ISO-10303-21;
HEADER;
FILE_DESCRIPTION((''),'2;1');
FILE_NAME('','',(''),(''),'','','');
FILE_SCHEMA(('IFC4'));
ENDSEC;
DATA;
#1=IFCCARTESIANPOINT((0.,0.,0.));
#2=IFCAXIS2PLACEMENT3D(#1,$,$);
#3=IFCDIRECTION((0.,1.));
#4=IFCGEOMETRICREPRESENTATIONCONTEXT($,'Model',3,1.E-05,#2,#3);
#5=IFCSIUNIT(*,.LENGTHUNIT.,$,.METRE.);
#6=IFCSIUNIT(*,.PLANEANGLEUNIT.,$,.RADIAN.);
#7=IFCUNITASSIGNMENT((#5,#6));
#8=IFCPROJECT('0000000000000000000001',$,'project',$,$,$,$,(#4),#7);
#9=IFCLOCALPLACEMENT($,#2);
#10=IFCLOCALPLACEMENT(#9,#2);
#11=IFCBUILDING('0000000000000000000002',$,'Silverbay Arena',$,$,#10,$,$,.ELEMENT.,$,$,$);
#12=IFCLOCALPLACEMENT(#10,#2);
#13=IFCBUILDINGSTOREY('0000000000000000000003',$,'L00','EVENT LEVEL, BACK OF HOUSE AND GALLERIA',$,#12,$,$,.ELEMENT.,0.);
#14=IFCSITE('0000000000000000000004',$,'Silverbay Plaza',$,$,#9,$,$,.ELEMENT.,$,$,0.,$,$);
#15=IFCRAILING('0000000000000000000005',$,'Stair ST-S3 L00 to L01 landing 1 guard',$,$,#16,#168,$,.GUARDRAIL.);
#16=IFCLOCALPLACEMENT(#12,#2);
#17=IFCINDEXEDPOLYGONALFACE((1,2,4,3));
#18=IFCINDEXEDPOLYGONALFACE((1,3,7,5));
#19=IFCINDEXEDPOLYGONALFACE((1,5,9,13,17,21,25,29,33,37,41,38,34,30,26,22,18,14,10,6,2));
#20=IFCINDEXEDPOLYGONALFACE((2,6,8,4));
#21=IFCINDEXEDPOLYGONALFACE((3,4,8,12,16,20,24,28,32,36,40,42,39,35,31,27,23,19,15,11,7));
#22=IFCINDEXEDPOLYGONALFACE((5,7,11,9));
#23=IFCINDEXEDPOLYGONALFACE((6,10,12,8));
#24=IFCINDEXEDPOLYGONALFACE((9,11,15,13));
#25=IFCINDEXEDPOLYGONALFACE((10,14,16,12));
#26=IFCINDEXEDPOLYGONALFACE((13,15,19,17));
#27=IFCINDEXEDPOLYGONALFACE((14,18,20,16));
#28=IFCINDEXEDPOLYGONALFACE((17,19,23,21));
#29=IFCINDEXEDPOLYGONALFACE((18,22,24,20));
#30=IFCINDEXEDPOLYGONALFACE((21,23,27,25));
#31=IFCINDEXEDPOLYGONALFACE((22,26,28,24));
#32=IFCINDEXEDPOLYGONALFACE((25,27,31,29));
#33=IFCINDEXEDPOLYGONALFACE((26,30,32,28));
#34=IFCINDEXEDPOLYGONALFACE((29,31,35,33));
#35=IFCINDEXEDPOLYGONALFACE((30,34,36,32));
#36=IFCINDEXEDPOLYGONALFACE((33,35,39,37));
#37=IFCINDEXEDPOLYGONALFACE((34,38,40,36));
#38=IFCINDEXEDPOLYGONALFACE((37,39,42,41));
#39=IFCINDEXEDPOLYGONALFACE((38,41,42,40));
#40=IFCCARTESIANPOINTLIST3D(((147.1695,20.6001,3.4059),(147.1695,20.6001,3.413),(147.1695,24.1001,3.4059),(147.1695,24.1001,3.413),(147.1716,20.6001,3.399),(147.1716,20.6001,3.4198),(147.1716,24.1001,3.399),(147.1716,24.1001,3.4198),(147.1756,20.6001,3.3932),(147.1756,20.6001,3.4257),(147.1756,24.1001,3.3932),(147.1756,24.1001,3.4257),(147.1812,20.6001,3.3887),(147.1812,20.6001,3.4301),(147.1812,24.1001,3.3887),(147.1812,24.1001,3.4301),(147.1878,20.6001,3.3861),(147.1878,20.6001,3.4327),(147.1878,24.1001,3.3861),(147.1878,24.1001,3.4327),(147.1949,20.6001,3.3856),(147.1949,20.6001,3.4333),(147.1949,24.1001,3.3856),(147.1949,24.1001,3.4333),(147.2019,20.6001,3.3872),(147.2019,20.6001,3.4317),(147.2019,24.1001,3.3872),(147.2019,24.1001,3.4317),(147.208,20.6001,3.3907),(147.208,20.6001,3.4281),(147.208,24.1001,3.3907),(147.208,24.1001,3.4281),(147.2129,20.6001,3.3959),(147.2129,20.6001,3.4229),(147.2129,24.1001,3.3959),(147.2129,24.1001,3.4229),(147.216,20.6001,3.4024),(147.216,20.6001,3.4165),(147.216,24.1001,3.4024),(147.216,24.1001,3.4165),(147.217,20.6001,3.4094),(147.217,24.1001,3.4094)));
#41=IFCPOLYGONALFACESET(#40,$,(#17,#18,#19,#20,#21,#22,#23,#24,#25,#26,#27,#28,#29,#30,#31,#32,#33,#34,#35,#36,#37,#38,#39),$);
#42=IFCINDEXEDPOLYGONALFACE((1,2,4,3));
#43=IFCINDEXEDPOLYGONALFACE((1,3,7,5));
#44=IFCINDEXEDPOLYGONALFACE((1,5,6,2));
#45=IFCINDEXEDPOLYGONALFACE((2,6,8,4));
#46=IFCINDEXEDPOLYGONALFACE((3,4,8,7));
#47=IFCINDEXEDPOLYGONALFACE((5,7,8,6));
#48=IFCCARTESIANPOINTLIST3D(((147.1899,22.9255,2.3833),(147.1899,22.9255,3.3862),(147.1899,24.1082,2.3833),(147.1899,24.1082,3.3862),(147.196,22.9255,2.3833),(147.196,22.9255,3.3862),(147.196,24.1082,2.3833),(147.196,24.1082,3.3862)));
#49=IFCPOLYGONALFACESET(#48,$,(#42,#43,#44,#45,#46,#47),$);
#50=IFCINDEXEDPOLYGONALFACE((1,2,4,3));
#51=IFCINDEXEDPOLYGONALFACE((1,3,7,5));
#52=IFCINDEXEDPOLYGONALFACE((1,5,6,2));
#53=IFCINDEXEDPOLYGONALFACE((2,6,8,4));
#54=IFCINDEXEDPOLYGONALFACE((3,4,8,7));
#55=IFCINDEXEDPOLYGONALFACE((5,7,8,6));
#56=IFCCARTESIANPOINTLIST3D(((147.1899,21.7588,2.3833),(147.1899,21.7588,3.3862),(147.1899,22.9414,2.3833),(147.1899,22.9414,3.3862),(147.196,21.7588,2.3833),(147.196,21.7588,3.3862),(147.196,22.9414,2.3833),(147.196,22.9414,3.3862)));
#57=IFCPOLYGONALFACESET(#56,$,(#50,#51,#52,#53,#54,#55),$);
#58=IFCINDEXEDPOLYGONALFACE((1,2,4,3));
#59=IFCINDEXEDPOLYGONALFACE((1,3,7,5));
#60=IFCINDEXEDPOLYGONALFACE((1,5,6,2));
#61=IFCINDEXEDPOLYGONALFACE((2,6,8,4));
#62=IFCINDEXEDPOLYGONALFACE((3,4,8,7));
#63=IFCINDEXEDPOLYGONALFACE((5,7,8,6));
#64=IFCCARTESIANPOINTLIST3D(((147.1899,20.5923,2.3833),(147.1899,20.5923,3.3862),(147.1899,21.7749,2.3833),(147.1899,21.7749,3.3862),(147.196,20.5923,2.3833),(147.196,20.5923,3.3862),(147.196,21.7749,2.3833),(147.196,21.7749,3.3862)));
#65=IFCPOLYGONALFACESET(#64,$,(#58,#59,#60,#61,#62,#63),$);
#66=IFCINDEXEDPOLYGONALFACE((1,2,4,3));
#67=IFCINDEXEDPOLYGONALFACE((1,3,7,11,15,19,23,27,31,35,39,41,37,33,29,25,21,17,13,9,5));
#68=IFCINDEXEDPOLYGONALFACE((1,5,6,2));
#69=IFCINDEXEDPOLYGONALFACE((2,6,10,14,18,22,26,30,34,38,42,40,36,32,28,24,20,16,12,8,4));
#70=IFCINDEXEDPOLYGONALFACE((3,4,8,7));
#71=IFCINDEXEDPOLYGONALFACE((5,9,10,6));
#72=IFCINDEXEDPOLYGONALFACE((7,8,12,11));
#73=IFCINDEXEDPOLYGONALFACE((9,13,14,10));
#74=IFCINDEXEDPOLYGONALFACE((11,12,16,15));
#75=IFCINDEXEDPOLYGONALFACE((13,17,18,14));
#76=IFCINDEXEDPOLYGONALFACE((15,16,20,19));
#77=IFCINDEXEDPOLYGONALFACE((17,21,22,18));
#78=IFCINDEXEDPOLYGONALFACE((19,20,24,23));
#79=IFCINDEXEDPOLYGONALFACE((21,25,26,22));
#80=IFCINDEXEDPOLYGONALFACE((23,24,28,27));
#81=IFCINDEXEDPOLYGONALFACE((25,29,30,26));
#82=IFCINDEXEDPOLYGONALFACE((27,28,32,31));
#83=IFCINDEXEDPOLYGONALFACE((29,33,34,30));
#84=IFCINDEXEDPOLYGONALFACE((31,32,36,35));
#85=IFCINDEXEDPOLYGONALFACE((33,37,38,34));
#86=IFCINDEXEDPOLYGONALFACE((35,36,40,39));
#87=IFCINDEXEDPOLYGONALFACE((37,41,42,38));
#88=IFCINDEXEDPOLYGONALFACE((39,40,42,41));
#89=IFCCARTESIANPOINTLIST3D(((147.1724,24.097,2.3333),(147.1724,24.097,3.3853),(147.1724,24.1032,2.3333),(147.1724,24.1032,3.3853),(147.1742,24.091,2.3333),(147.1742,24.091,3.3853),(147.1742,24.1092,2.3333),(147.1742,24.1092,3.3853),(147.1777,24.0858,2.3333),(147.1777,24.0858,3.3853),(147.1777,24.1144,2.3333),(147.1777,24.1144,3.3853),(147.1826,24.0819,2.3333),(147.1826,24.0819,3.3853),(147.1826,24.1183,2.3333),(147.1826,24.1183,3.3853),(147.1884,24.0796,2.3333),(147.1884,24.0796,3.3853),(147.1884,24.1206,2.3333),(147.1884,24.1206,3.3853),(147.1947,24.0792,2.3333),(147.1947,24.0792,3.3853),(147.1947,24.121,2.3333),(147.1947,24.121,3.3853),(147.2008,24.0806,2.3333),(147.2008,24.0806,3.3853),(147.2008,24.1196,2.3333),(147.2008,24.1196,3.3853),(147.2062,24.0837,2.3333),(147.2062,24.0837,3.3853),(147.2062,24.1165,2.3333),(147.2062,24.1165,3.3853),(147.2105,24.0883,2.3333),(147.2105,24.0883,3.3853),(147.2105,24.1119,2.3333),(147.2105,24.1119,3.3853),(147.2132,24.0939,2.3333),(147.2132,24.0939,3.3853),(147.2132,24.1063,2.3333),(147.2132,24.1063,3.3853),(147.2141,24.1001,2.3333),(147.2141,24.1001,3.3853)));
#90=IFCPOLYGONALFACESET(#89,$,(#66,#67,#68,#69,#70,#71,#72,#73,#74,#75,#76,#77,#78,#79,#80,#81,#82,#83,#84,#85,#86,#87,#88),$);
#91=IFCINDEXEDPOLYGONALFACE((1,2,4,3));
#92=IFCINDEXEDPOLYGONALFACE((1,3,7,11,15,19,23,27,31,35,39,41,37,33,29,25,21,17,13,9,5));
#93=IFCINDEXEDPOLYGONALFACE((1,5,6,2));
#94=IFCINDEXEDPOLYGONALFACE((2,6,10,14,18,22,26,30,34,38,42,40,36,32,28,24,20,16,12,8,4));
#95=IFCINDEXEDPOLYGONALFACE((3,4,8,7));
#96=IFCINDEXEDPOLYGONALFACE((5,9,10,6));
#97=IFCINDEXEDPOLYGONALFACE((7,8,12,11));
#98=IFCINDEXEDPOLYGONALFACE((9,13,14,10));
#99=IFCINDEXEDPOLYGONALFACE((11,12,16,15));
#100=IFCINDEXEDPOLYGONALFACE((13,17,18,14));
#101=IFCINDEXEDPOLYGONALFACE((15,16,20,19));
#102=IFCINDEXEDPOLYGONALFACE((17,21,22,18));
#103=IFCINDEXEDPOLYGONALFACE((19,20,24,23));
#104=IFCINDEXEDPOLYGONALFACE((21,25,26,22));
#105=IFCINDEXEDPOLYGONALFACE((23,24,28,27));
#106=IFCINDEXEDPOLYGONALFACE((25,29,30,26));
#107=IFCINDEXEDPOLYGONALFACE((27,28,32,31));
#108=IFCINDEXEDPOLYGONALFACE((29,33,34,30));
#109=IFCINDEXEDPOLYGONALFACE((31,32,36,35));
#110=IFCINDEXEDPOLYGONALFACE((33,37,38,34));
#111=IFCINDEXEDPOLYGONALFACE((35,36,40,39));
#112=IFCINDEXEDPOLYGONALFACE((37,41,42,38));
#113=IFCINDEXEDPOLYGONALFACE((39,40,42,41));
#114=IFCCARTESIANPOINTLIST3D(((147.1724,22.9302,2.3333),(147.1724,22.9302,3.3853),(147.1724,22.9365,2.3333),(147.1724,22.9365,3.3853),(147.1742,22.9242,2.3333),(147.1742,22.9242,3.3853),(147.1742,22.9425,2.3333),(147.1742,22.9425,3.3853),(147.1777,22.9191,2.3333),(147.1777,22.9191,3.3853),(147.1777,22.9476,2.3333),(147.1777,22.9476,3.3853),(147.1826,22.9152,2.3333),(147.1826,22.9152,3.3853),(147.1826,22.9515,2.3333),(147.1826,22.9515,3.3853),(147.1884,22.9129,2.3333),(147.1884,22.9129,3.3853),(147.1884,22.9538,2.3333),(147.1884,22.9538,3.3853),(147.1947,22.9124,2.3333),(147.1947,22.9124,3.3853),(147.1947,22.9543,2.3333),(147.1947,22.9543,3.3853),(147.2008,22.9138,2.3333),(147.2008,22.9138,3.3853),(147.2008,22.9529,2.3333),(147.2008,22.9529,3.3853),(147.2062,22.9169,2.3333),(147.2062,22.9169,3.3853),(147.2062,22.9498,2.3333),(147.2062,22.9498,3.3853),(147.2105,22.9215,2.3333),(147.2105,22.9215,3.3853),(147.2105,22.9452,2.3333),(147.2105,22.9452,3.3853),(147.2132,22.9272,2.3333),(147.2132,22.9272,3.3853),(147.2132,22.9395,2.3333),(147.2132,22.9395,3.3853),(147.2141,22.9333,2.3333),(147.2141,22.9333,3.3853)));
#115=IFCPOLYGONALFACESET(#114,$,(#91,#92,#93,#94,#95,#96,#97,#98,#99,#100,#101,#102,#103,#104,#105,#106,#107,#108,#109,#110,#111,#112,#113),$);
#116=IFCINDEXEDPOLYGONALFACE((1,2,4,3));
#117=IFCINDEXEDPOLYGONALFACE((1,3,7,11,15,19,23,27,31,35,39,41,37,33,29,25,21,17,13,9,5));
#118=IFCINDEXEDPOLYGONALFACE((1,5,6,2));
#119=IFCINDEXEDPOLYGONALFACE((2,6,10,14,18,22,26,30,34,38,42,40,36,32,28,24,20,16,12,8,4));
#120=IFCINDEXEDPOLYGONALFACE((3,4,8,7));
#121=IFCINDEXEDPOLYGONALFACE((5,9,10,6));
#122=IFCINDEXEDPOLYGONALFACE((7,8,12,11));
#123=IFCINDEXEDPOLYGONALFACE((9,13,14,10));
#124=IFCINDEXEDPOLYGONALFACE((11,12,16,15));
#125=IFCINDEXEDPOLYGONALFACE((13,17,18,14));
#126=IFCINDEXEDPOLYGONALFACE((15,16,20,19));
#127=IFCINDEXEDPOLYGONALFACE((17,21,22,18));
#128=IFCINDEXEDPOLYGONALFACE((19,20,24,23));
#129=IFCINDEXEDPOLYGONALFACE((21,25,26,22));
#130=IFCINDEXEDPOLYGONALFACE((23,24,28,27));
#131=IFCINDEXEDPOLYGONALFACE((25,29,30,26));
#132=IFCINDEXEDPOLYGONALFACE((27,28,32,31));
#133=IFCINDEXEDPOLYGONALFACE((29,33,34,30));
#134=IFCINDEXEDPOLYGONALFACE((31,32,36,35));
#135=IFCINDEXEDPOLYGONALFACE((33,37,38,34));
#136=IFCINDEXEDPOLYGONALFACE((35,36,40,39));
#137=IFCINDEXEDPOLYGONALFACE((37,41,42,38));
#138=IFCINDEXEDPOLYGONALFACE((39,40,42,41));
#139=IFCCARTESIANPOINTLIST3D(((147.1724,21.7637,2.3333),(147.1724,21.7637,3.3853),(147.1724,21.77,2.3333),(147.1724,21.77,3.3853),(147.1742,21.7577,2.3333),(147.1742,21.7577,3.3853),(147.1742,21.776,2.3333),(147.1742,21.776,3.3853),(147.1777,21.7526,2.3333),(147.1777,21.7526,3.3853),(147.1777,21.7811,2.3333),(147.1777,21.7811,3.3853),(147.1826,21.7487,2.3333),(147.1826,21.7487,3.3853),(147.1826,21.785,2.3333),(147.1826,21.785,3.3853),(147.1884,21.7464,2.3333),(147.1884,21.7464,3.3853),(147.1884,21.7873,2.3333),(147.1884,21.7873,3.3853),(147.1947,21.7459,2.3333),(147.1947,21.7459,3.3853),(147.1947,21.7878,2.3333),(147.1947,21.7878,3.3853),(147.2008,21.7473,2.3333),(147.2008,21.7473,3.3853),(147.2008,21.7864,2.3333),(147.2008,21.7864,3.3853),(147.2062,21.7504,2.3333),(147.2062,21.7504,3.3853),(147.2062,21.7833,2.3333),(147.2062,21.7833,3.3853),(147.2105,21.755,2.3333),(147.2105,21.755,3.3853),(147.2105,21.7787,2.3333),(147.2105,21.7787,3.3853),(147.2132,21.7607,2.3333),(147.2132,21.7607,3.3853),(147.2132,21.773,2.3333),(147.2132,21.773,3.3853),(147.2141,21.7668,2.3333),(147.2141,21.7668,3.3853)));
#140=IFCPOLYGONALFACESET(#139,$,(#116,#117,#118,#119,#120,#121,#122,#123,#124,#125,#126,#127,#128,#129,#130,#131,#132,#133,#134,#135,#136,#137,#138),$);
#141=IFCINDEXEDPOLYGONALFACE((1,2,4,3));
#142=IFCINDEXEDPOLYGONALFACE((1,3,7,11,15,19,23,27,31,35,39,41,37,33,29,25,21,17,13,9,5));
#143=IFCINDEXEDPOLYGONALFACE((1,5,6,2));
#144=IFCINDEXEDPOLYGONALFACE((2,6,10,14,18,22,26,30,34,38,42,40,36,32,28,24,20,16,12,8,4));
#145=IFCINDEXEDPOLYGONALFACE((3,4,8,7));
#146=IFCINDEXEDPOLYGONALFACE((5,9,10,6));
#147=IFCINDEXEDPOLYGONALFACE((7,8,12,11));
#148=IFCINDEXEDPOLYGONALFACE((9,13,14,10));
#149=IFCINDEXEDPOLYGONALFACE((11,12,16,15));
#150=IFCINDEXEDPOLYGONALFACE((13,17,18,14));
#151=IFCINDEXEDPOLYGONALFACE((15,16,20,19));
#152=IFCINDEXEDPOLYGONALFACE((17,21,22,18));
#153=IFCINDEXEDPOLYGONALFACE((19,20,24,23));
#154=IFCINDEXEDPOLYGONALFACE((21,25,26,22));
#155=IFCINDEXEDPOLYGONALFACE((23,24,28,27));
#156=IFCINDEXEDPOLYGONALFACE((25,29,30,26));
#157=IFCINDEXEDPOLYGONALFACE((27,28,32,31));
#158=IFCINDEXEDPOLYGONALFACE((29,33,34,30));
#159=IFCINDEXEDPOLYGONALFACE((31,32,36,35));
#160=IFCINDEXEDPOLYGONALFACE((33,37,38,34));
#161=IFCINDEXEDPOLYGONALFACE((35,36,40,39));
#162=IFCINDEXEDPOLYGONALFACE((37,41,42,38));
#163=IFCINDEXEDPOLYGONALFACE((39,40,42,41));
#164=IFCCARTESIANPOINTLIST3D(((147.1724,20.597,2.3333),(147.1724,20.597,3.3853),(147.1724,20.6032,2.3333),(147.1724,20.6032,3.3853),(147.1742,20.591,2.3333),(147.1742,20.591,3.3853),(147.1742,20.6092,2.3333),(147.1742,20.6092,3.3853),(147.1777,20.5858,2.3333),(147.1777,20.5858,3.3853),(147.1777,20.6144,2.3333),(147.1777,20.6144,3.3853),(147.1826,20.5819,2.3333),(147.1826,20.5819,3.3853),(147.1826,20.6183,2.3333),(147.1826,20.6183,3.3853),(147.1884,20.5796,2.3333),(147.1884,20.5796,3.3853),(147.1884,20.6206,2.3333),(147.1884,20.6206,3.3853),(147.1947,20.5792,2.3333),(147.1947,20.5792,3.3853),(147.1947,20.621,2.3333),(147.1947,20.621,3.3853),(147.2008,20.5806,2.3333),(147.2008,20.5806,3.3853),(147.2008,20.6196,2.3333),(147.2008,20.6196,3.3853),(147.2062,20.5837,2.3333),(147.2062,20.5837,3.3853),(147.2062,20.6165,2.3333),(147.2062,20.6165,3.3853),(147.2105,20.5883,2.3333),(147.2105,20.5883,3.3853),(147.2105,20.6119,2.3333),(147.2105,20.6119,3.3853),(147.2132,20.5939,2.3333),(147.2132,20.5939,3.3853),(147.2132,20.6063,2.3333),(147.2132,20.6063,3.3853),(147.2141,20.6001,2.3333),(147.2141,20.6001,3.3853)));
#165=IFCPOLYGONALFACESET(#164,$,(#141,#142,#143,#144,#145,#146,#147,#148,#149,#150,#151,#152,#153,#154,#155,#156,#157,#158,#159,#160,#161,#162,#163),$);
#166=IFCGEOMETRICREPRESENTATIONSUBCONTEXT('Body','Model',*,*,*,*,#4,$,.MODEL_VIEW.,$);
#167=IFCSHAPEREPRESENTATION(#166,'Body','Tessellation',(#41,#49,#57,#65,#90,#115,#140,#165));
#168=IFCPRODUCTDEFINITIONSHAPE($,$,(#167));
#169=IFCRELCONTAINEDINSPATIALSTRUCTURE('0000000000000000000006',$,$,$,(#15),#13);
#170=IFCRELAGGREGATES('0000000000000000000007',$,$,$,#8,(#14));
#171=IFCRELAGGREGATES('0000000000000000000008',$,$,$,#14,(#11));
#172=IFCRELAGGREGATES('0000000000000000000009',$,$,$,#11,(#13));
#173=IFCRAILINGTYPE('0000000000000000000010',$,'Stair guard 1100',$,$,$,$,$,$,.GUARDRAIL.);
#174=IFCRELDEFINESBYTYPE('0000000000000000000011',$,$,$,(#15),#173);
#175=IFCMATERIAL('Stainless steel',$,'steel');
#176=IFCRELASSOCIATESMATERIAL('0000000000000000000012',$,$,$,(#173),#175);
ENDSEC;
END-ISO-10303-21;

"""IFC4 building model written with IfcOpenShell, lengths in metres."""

from ifc_helpers import new_model, si_unit, direction, frame, origin, origin_2d, place, context, subcontext, project, spatial, polyline, circle, outline, extrude, material, type_object, element, save


model = new_model("IFC4")

# Units and contexts
model_context = context("Model", 3, precision=1e-05, world=origin(), true_north=direction((0.0, 1.0)))
body_context = subcontext(model_context, "Body", "Model", "MODEL_VIEW")
ifc_project = project(units=[si_unit("LENGTHUNIT", "METRE"), si_unit("PLANEANGLEUNIT", "RADIAN")], contexts=[model_context])

# Site, building, storey
site_placement = place(None, origin())
site = spatial("IfcSite", under=ifc_project, at=site_placement, Name="Silverbay Plaza", CompositionType="ELEMENT", RefElevation=0.0)
building_placement = place(site_placement, origin())
building = spatial("IfcBuilding", under=site, at=building_placement, Name="Silverbay Arena", CompositionType="ELEMENT")
storey_placement = place(building_placement, origin())
storey = spatial("IfcBuildingStorey", under=building, at=storey_placement, Name="L00", Description="EVENT LEVEL, BACK OF HOUSE AND GALLERIA", CompositionType="ELEMENT", Elevation=0.0)

# Railing
ifc_material_1 = material(Name="Stainless steel", Category="steel")
railing_type_1 = type_object("IfcRailingType", Name="Stair guard 1100", PredefinedType="GUARDRAIL", material=ifc_material_1)
for number, where, name in (
    (1, (147.1931, 24.1001, 2.3333), "Stair ST-S3 L00 to L01 landing 1 guard"),
):
    element("IfcRailing", number, at=place(storey_placement, frame(where)), inside=storey, type_object=railing_type_1, Name=name, PredefinedType="GUARDRAIL", context=body_context, shape_type="SweptSolid", body=[
        extrude(circle(Radius=0.0239, at=origin_2d()), frame((0.0, 0.0, 1.0762), z_axis=(0.0, -1.0, 0.0), x_axis=(1.0, 0.0, 0.0)), (0.0, 0.0, 1.0), 3.5),
        extrude(outline(polyline([(-0.0081, 0.05), (1.1746, 0.05), (1.1746, 1.053), (-0.0081, 1.053), (-0.0081, 0.05)])), frame((0.0029, 0.0, 0.0), z_axis=(-1.0, 0.0, 0.0), x_axis=(0.0, -1.0, 0.0)), (0.0, 0.0, 1.0), 0.0061),
        extrude(outline(polyline([(-0.0081, 0.05), (1.1746, 0.05), (1.1746, 1.053), (-0.0081, 1.053), (-0.0081, 0.05)])), frame((0.0029, -1.1667, 0.0), z_axis=(-1.0, 0.0, 0.0), x_axis=(0.0, -1.0, 0.0)), (0.0, 0.0, 1.0), 0.0061),
        extrude(outline(polyline([(-0.0081, 0.05), (1.1746, 0.05), (1.1746, 1.053), (-0.0081, 1.053), (-0.0081, 0.05)])), frame((0.0029, -2.3333, 0.0), z_axis=(-1.0, 0.0, 0.0), x_axis=(0.0, -1.0, 0.0)), (0.0, 0.0, 1.0), 0.0061),
        extrude(circle(Radius=0.021, at=origin_2d()), origin(), (0.0, 0.0, 1.0), 1.052),
        extrude(circle(Radius=0.021, at=origin_2d()), frame((0.0, -1.1667, 0.0)), (0.0, 0.0, 1.0), 1.052),
        extrude(circle(Radius=0.021, at=origin_2d()), frame((0.0, -2.3333, 0.0)), (0.0, 0.0, 1.0), 1.052),
        extrude(circle(Radius=0.021, at=origin_2d()), frame((0.0, -3.5, 0.0)), (0.0, 0.0, 1.0), 1.052),
    ])

save(model, "model.ifc")
